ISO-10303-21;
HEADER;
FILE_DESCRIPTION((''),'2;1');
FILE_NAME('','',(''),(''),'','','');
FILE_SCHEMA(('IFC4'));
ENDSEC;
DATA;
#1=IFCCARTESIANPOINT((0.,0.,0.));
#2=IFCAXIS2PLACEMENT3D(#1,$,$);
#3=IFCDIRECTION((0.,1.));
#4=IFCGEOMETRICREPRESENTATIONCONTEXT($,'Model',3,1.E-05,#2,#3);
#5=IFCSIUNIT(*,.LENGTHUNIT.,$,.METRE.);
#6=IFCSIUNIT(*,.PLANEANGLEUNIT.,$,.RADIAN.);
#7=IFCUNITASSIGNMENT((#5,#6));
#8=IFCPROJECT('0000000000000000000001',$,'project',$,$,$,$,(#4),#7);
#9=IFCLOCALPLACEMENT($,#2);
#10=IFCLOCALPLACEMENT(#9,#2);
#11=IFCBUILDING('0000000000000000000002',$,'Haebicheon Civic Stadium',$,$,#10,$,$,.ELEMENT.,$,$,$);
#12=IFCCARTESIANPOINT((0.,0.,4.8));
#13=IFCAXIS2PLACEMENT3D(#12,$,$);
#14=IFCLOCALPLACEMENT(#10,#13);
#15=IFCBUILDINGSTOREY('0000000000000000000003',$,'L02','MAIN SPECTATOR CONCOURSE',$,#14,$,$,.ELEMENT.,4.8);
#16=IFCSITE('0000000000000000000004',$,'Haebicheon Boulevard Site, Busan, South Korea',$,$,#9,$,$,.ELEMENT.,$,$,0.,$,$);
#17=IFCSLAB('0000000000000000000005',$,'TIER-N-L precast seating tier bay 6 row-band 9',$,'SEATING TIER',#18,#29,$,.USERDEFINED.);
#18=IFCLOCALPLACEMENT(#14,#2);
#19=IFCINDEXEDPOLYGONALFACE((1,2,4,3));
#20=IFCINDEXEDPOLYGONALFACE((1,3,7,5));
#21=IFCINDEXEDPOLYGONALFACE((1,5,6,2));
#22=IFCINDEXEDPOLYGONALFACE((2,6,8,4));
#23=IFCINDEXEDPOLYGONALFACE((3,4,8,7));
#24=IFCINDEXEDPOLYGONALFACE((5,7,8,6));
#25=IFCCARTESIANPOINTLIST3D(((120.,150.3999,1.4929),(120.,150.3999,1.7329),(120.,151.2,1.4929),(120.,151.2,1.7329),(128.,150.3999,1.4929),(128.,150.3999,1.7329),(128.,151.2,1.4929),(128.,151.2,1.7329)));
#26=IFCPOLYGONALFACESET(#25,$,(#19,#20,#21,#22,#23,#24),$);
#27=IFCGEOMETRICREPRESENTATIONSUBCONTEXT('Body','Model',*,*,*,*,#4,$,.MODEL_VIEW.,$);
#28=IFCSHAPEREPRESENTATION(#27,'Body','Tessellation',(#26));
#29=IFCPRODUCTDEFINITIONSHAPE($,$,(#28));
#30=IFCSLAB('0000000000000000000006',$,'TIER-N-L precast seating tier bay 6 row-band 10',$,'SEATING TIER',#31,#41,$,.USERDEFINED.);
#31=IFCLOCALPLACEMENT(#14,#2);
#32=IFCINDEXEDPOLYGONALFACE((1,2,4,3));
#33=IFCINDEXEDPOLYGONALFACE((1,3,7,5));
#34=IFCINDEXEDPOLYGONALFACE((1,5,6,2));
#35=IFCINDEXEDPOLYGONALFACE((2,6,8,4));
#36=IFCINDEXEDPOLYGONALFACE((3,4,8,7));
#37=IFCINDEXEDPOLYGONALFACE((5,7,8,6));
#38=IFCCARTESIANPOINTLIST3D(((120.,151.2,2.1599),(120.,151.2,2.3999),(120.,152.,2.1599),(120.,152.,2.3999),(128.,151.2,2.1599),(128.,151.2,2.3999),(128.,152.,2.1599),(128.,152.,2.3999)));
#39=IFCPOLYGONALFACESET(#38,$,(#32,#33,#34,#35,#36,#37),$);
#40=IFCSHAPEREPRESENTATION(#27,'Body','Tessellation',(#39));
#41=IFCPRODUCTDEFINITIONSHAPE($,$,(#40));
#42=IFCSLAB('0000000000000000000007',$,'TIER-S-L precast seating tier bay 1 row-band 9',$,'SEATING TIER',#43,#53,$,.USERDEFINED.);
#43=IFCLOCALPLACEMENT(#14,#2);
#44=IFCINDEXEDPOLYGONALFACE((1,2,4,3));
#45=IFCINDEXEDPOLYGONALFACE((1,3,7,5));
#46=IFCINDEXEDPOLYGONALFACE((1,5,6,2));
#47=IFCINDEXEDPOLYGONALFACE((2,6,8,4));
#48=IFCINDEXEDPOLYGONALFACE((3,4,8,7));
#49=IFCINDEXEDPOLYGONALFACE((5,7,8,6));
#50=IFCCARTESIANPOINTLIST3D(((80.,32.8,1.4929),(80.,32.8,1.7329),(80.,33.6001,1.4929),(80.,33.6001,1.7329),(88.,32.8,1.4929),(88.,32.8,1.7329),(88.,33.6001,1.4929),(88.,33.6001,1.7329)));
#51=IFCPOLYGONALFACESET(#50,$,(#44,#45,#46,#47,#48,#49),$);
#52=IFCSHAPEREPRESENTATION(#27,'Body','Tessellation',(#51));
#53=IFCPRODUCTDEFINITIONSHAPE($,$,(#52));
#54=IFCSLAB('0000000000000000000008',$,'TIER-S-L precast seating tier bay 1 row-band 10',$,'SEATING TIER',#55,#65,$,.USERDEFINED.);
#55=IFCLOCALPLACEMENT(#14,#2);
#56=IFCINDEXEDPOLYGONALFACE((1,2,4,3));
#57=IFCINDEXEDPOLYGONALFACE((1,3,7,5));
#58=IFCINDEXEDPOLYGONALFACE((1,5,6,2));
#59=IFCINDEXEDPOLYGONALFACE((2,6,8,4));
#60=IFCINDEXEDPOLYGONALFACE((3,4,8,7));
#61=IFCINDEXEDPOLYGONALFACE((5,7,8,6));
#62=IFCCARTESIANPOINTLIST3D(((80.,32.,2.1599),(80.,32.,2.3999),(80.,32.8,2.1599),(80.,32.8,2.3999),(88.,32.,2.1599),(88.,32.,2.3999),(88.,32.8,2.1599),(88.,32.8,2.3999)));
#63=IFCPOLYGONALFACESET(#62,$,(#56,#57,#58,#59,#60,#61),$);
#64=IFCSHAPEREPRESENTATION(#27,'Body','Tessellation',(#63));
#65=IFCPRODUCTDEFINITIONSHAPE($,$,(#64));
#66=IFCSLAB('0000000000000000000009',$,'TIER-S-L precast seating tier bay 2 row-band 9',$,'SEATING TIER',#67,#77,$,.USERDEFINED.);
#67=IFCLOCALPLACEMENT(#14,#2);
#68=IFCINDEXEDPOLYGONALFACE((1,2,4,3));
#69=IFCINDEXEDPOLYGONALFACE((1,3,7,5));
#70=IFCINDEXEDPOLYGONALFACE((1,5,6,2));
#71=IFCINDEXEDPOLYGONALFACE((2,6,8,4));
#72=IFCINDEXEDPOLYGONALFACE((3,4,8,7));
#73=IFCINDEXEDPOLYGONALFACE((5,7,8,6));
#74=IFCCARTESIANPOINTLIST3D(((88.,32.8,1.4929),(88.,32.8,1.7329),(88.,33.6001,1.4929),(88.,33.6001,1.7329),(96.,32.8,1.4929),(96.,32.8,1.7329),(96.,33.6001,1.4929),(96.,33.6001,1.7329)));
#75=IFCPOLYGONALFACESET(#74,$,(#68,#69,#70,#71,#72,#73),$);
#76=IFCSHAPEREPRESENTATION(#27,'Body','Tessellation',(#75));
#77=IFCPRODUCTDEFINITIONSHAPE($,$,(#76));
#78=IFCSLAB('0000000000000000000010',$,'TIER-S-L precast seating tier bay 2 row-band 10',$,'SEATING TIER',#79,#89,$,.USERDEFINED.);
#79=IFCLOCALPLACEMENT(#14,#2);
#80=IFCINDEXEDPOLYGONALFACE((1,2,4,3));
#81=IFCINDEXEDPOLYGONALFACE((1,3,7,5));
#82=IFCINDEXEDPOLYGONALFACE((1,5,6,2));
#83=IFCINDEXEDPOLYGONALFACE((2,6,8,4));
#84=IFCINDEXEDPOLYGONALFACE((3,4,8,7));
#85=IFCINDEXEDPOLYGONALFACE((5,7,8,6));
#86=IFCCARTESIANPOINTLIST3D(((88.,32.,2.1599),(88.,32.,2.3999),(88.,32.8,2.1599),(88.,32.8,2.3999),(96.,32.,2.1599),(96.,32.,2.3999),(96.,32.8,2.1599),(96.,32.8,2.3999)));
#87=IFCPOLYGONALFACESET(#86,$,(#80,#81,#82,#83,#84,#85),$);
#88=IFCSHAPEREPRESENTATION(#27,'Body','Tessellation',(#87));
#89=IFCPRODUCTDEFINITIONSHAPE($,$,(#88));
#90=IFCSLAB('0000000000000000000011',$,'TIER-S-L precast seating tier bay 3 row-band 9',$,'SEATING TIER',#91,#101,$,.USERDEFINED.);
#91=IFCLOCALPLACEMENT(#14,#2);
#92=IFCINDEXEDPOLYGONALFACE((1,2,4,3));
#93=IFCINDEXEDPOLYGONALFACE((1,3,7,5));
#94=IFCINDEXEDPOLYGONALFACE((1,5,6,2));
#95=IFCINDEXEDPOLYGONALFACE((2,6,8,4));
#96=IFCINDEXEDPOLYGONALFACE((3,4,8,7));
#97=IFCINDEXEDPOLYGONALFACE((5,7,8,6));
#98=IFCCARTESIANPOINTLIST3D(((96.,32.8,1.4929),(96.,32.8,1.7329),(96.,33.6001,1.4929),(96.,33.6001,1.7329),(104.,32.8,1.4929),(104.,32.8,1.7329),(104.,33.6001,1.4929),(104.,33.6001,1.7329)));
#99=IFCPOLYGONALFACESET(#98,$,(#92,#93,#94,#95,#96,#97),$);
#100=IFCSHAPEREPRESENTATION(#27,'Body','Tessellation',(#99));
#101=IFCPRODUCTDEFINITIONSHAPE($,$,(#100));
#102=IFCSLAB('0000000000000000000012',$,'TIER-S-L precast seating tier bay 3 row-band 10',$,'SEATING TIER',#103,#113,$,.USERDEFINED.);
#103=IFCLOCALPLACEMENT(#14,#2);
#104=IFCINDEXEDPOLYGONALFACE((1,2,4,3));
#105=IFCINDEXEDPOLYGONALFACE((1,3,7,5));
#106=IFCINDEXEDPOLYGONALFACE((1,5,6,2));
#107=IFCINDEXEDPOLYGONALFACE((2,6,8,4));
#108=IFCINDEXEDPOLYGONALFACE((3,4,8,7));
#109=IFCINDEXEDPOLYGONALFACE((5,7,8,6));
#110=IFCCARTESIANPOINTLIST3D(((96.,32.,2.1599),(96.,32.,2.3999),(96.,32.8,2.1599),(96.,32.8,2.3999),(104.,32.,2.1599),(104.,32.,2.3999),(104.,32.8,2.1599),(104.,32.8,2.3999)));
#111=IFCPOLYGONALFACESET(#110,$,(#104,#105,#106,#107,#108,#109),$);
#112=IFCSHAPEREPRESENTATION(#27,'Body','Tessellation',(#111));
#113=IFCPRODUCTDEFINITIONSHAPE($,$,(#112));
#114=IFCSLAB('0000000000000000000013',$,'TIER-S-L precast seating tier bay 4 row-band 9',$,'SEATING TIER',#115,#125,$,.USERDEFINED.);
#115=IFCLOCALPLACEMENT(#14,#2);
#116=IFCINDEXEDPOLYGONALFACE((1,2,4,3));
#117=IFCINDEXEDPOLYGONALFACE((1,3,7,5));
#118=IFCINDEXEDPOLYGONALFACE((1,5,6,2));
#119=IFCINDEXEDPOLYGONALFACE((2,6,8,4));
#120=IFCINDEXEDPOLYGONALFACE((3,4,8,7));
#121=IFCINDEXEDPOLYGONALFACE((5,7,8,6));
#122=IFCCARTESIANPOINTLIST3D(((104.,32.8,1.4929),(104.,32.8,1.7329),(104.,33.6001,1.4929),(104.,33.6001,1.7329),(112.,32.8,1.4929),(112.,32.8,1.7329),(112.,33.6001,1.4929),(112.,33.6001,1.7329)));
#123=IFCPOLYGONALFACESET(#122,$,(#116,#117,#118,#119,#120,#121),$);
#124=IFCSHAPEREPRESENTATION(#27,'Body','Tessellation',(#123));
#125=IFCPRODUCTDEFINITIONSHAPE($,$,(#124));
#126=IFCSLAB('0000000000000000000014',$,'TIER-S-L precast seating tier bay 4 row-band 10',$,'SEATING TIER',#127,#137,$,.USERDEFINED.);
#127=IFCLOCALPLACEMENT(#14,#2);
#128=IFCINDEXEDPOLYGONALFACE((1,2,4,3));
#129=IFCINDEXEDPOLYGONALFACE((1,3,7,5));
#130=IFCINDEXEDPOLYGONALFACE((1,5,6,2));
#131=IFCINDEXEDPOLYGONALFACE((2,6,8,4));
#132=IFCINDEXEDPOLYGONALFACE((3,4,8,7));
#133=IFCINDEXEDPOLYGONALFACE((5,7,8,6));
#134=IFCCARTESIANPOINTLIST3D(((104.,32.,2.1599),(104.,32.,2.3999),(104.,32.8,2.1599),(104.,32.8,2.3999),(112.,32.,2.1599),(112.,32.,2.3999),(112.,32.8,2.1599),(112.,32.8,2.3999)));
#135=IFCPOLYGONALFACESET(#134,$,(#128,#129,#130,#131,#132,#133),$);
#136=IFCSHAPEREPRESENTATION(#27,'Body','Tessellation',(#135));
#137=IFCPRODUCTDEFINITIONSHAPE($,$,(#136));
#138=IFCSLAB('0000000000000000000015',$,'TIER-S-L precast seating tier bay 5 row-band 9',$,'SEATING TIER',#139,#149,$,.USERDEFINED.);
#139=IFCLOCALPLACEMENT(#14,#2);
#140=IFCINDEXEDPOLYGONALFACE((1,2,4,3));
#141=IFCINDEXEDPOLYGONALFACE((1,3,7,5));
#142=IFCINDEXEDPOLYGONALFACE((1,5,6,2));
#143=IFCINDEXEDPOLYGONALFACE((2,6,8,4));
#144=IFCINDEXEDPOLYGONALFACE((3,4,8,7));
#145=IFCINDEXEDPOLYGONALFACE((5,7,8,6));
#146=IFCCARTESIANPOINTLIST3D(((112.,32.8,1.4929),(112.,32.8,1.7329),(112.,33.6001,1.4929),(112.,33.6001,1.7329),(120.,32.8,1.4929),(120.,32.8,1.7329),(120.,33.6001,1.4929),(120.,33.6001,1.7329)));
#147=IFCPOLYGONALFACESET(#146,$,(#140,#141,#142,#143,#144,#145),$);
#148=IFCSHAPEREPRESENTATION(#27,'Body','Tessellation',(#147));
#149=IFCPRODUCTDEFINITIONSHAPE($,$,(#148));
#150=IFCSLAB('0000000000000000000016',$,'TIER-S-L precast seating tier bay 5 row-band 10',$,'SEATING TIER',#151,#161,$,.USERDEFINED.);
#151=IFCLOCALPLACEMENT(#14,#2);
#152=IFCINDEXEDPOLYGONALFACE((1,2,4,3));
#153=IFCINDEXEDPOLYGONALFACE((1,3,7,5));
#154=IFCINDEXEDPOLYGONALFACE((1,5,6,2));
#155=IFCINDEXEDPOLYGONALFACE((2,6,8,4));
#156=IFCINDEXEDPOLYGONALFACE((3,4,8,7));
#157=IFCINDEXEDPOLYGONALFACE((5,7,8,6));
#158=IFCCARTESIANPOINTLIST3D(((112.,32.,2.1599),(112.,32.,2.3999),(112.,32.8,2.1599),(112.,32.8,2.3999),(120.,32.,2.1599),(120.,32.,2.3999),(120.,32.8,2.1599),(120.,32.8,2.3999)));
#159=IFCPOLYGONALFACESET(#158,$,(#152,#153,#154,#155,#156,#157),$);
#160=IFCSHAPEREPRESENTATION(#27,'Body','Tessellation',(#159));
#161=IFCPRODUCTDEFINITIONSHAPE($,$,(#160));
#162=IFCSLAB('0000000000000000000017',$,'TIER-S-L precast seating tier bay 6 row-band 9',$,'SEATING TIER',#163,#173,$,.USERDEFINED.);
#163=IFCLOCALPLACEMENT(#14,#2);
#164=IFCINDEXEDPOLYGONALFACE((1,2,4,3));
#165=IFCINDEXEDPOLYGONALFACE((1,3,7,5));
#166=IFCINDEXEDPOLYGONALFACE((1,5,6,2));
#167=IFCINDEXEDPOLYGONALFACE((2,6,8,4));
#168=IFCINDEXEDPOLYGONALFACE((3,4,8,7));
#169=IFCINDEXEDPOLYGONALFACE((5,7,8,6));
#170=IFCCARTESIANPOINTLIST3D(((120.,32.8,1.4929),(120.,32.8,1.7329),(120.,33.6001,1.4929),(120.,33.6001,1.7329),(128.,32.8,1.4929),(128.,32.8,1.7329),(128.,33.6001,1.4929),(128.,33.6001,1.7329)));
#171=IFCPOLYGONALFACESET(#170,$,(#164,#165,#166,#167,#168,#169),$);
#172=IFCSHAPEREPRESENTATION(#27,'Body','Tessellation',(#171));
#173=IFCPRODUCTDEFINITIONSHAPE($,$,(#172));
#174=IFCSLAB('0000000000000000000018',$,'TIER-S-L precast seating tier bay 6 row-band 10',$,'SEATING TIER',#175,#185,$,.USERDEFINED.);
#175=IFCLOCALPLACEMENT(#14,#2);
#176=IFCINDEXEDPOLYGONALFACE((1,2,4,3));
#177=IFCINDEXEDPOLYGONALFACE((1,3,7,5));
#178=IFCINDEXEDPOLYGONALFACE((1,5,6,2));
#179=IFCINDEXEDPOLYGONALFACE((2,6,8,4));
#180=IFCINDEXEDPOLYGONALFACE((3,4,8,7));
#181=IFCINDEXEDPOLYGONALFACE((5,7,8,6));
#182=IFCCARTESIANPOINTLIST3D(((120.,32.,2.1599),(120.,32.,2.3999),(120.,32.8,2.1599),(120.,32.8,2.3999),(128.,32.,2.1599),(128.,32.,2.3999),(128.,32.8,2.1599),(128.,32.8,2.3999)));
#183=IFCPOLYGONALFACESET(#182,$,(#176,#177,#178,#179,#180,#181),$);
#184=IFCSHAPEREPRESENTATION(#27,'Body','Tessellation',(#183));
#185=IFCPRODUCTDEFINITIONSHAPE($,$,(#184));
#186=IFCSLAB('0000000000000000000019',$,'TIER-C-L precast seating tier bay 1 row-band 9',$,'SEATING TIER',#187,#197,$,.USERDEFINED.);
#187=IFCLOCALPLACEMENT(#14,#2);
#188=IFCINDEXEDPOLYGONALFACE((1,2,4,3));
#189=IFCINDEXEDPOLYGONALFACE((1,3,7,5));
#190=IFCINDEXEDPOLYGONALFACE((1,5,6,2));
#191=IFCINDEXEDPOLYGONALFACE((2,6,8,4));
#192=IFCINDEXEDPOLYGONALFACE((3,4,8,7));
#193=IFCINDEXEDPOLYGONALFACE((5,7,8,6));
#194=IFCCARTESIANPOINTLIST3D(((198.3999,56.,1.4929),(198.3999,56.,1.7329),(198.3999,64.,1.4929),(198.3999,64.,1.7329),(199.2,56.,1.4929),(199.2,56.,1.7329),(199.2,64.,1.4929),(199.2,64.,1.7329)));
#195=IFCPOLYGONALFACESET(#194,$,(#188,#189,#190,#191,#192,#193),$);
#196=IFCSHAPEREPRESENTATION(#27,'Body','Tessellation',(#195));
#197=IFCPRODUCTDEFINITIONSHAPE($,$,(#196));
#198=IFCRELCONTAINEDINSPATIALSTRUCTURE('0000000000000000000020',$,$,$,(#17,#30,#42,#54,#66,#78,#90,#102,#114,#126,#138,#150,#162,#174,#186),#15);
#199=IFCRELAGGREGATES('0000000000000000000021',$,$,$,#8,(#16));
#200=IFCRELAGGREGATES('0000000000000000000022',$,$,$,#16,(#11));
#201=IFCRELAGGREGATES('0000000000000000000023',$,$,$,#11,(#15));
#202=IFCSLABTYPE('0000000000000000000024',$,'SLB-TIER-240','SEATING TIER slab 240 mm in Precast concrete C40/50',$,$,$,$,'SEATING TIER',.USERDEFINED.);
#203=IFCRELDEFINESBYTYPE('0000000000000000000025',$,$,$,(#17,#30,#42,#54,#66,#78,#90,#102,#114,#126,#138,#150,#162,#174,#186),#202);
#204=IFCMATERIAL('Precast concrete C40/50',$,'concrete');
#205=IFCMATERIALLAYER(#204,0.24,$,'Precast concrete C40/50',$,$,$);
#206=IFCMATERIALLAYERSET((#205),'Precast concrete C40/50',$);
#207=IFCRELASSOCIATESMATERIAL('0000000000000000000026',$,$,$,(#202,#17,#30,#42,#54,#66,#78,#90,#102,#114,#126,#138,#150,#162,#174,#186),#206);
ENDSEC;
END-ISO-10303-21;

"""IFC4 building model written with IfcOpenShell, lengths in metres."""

from ifc_helpers import new_model, si_unit, direction, frame, origin, place, context, subcontext, project, spatial, polyline, outline, extrude, material, layer, layer_set, type_object, element, save


model = new_model("IFC4")

# Units and contexts
model_context = context("Model", 3, precision=1e-05, world=origin(), true_north=direction((0.0, 1.0)))
body_context = subcontext(model_context, "Body", "Model", "MODEL_VIEW")
ifc_project = project(units=[si_unit("LENGTHUNIT", "METRE"), si_unit("PLANEANGLEUNIT", "RADIAN")], contexts=[model_context])

# Site, building, storey
site_placement = place(None, origin())
site = spatial("IfcSite", under=ifc_project, at=site_placement, Name="Haebicheon Boulevard Site, Busan, South Korea", CompositionType="ELEMENT", RefElevation=0.0)
building_placement = place(site_placement, origin())
building = spatial("IfcBuilding", under=site, at=building_placement, Name="Haebicheon Civic Stadium", CompositionType="ELEMENT")
storey_placement = place(building_placement, frame((0.0, 0.0, 4.8)))
storey = spatial("IfcBuildingStorey", under=building, at=storey_placement, Name="L02", Description="MAIN SPECTATOR CONCOURSE", CompositionType="ELEMENT", Elevation=4.8)

# Slabs
ifc_material = material(Name="Precast concrete C40/50", Category="concrete")
ifc_layer = layer(ifc_material, 0.24, Name="Precast concrete C40/50")
ifc_layer_set = layer_set([ifc_layer], Name="Precast concrete C40/50")
slab_type = type_object("IfcSlabType", Name="SLB-TIER-240", Description="SEATING TIER slab 240 mm in Precast concrete C40/50", ElementType="SEATING TIER", PredefinedType="USERDEFINED", material=ifc_layer_set)
slab_1_placement = place(storey_placement, frame((0.0, 0.0, 1.4929)))
element("IfcSlab", 1, at=slab_1_placement, inside=storey, type_object=slab_type, material=ifc_layer_set, Name="TIER-N-L precast seating tier bay 6 row-band 9", ObjectType="SEATING TIER", PredefinedType="USERDEFINED", context=body_context, shape_type="SweptSolid", body=[
    extrude(outline(polyline([(120.0, 150.3999), (128.0, 150.3999), (128.0, 151.2), (120.0, 151.2), (120.0, 150.3999)])), origin(), (0.0, 0.0, 1.0), 0.24),
])
slab_2_placement = place(storey_placement, frame((0.0, 0.0, 2.1599)))
element("IfcSlab", 2, at=slab_2_placement, inside=storey, type_object=slab_type, material=ifc_layer_set, Name="TIER-N-L precast seating tier bay 6 row-band 10", ObjectType="SEATING TIER", PredefinedType="USERDEFINED", context=body_context, shape_type="SweptSolid", body=[
    extrude(outline(polyline([(120.0, 151.2), (128.0, 151.2), (128.0, 152.0), (120.0, 152.0), (120.0, 151.2)])), origin(), (0.0, 0.0, 1.0), 0.24),
])
slab_3_placement = place(storey_placement, frame((0.0, 0.0, 1.4929)))
element("IfcSlab", 3, at=slab_3_placement, inside=storey, type_object=slab_type, material=ifc_layer_set, Name="TIER-S-L precast seating tier bay 1 row-band 9", ObjectType="SEATING TIER", PredefinedType="USERDEFINED", context=body_context, shape_type="SweptSolid", body=[
    extrude(outline(polyline([(80.0, 32.8), (88.0, 32.8), (88.0, 33.6001), (80.0, 33.6001), (80.0, 32.8)])), origin(), (0.0, 0.0, 1.0), 0.24),
])
slab_4_placement = place(storey_placement, frame((0.0, 0.0, 2.1599)))
element("IfcSlab", 4, at=slab_4_placement, inside=storey, type_object=slab_type, material=ifc_layer_set, Name="TIER-S-L precast seating tier bay 1 row-band 10", ObjectType="SEATING TIER", PredefinedType="USERDEFINED", context=body_context, shape_type="SweptSolid", body=[
    extrude(outline(polyline([(80.0, 32.0), (88.0, 32.0), (88.0, 32.8), (80.0, 32.8), (80.0, 32.0)])), origin(), (0.0, 0.0, 1.0), 0.24),
])
slab_5_placement = place(storey_placement, frame((0.0, 0.0, 1.4929)))
element("IfcSlab", 5, at=slab_5_placement, inside=storey, type_object=slab_type, material=ifc_layer_set, Name="TIER-S-L precast seating tier bay 2 row-band 9", ObjectType="SEATING TIER", PredefinedType="USERDEFINED", context=body_context, shape_type="SweptSolid", body=[
    extrude(outline(polyline([(88.0, 32.8), (96.0, 32.8), (96.0, 33.6001), (88.0, 33.6001), (88.0, 32.8)])), origin(), (0.0, 0.0, 1.0), 0.24),
])
slab_6_placement = place(storey_placement, frame((0.0, 0.0, 2.1599)))
element("IfcSlab", 6, at=slab_6_placement, inside=storey, type_object=slab_type, material=ifc_layer_set, Name="TIER-S-L precast seating tier bay 2 row-band 10", ObjectType="SEATING TIER", PredefinedType="USERDEFINED", context=body_context, shape_type="SweptSolid", body=[
    extrude(outline(polyline([(88.0, 32.0), (96.0, 32.0), (96.0, 32.8), (88.0, 32.8), (88.0, 32.0)])), origin(), (0.0, 0.0, 1.0), 0.24),
])
slab_7_placement = place(storey_placement, frame((0.0, 0.0, 1.4929)))
element("IfcSlab", 7, at=slab_7_placement, inside=storey, type_object=slab_type, material=ifc_layer_set, Name="TIER-S-L precast seating tier bay 3 row-band 9", ObjectType="SEATING TIER", PredefinedType="USERDEFINED", context=body_context, shape_type="SweptSolid", body=[
    extrude(outline(polyline([(96.0, 32.8), (104.0, 32.8), (104.0, 33.6001), (96.0, 33.6001), (96.0, 32.8)])), origin(), (0.0, 0.0, 1.0), 0.24),
])
slab_8_placement = place(storey_placement, frame((0.0, 0.0, 2.1599)))
element("IfcSlab", 8, at=slab_8_placement, inside=storey, type_object=slab_type, material=ifc_layer_set, Name="TIER-S-L precast seating tier bay 3 row-band 10", ObjectType="SEATING TIER", PredefinedType="USERDEFINED", context=body_context, shape_type="SweptSolid", body=[
    extrude(outline(polyline([(96.0, 32.0), (104.0, 32.0), (104.0, 32.8), (96.0, 32.8), (96.0, 32.0)])), origin(), (0.0, 0.0, 1.0), 0.24),
])
slab_9_placement = place(storey_placement, frame((0.0, 0.0, 1.4929)))
element("IfcSlab", 9, at=slab_9_placement, inside=storey, type_object=slab_type, material=ifc_layer_set, Name="TIER-S-L precast seating tier bay 4 row-band 9", ObjectType="SEATING TIER", PredefinedType="USERDEFINED", context=body_context, shape_type="SweptSolid", body=[
    extrude(outline(polyline([(104.0, 32.8), (112.0, 32.8), (112.0, 33.6001), (104.0, 33.6001), (104.0, 32.8)])), origin(), (0.0, 0.0, 1.0), 0.24),
])
slab_10_placement = place(storey_placement, frame((0.0, 0.0, 2.1599)))
element("IfcSlab", 10, at=slab_10_placement, inside=storey, type_object=slab_type, material=ifc_layer_set, Name="TIER-S-L precast seating tier bay 4 row-band 10", ObjectType="SEATING TIER", PredefinedType="USERDEFINED", context=body_context, shape_type="SweptSolid", body=[
    extrude(outline(polyline([(104.0, 32.0), (112.0, 32.0), (112.0, 32.8), (104.0, 32.8), (104.0, 32.0)])), origin(), (0.0, 0.0, 1.0), 0.24),
])
slab_11_placement = place(storey_placement, frame((0.0, 0.0, 1.4929)))
element("IfcSlab", 11, at=slab_11_placement, inside=storey, type_object=slab_type, material=ifc_layer_set, Name="TIER-S-L precast seating tier bay 5 row-band 9", ObjectType="SEATING TIER", PredefinedType="USERDEFINED", context=body_context, shape_type="SweptSolid", body=[
    extrude(outline(polyline([(112.0, 32.8), (120.0, 32.8), (120.0, 33.6001), (112.0, 33.6001), (112.0, 32.8)])), origin(), (0.0, 0.0, 1.0), 0.24),
])
slab_12_placement = place(storey_placement, frame((0.0, 0.0, 2.1599)))
element("IfcSlab", 12, at=slab_12_placement, inside=storey, type_object=slab_type, material=ifc_layer_set, Name="TIER-S-L precast seating tier bay 5 row-band 10", ObjectType="SEATING TIER", PredefinedType="USERDEFINED", context=body_context, shape_type="SweptSolid", body=[
    extrude(outline(polyline([(112.0, 32.0), (120.0, 32.0), (120.0, 32.8), (112.0, 32.8), (112.0, 32.0)])), origin(), (0.0, 0.0, 1.0), 0.24),
])
slab_13_placement = place(storey_placement, frame((0.0, 0.0, 1.4929)))
element("IfcSlab", 13, at=slab_13_placement, inside=storey, type_object=slab_type, material=ifc_layer_set, Name="TIER-S-L precast seating tier bay 6 row-band 9", ObjectType="SEATING TIER", PredefinedType="USERDEFINED", context=body_context, shape_type="SweptSolid", body=[
    extrude(outline(polyline([(120.0, 32.8), (128.0, 32.8), (128.0, 33.6001), (120.0, 33.6001), (120.0, 32.8)])), origin(), (0.0, 0.0, 1.0), 0.24),
])
slab_14_placement = place(storey_placement, frame((0.0, 0.0, 2.1599)))
element("IfcSlab", 14, at=slab_14_placement, inside=storey, type_object=slab_type, material=ifc_layer_set, Name="TIER-S-L precast seating tier bay 6 row-band 10", ObjectType="SEATING TIER", PredefinedType="USERDEFINED", context=body_context, shape_type="SweptSolid", body=[
    extrude(outline(polyline([(120.0, 32.0), (128.0, 32.0), (128.0, 32.8), (120.0, 32.8), (120.0, 32.0)])), origin(), (0.0, 0.0, 1.0), 0.24),
])
slab_15_placement = place(storey_placement, frame((0.0, 0.0, 1.4929)))
element("IfcSlab", 15, at=slab_15_placement, inside=storey, type_object=slab_type, material=ifc_layer_set, Name="TIER-C-L precast seating tier bay 1 row-band 9", ObjectType="SEATING TIER", PredefinedType="USERDEFINED", context=body_context, shape_type="SweptSolid", body=[
    extrude(outline(polyline([(198.3999, 56.0), (199.2, 56.0), (199.2, 64.0), (198.3999, 64.0), (198.3999, 56.0)])), origin(), (0.0, 0.0, 1.0), 0.24),
])

save(model, "model.ifc")
